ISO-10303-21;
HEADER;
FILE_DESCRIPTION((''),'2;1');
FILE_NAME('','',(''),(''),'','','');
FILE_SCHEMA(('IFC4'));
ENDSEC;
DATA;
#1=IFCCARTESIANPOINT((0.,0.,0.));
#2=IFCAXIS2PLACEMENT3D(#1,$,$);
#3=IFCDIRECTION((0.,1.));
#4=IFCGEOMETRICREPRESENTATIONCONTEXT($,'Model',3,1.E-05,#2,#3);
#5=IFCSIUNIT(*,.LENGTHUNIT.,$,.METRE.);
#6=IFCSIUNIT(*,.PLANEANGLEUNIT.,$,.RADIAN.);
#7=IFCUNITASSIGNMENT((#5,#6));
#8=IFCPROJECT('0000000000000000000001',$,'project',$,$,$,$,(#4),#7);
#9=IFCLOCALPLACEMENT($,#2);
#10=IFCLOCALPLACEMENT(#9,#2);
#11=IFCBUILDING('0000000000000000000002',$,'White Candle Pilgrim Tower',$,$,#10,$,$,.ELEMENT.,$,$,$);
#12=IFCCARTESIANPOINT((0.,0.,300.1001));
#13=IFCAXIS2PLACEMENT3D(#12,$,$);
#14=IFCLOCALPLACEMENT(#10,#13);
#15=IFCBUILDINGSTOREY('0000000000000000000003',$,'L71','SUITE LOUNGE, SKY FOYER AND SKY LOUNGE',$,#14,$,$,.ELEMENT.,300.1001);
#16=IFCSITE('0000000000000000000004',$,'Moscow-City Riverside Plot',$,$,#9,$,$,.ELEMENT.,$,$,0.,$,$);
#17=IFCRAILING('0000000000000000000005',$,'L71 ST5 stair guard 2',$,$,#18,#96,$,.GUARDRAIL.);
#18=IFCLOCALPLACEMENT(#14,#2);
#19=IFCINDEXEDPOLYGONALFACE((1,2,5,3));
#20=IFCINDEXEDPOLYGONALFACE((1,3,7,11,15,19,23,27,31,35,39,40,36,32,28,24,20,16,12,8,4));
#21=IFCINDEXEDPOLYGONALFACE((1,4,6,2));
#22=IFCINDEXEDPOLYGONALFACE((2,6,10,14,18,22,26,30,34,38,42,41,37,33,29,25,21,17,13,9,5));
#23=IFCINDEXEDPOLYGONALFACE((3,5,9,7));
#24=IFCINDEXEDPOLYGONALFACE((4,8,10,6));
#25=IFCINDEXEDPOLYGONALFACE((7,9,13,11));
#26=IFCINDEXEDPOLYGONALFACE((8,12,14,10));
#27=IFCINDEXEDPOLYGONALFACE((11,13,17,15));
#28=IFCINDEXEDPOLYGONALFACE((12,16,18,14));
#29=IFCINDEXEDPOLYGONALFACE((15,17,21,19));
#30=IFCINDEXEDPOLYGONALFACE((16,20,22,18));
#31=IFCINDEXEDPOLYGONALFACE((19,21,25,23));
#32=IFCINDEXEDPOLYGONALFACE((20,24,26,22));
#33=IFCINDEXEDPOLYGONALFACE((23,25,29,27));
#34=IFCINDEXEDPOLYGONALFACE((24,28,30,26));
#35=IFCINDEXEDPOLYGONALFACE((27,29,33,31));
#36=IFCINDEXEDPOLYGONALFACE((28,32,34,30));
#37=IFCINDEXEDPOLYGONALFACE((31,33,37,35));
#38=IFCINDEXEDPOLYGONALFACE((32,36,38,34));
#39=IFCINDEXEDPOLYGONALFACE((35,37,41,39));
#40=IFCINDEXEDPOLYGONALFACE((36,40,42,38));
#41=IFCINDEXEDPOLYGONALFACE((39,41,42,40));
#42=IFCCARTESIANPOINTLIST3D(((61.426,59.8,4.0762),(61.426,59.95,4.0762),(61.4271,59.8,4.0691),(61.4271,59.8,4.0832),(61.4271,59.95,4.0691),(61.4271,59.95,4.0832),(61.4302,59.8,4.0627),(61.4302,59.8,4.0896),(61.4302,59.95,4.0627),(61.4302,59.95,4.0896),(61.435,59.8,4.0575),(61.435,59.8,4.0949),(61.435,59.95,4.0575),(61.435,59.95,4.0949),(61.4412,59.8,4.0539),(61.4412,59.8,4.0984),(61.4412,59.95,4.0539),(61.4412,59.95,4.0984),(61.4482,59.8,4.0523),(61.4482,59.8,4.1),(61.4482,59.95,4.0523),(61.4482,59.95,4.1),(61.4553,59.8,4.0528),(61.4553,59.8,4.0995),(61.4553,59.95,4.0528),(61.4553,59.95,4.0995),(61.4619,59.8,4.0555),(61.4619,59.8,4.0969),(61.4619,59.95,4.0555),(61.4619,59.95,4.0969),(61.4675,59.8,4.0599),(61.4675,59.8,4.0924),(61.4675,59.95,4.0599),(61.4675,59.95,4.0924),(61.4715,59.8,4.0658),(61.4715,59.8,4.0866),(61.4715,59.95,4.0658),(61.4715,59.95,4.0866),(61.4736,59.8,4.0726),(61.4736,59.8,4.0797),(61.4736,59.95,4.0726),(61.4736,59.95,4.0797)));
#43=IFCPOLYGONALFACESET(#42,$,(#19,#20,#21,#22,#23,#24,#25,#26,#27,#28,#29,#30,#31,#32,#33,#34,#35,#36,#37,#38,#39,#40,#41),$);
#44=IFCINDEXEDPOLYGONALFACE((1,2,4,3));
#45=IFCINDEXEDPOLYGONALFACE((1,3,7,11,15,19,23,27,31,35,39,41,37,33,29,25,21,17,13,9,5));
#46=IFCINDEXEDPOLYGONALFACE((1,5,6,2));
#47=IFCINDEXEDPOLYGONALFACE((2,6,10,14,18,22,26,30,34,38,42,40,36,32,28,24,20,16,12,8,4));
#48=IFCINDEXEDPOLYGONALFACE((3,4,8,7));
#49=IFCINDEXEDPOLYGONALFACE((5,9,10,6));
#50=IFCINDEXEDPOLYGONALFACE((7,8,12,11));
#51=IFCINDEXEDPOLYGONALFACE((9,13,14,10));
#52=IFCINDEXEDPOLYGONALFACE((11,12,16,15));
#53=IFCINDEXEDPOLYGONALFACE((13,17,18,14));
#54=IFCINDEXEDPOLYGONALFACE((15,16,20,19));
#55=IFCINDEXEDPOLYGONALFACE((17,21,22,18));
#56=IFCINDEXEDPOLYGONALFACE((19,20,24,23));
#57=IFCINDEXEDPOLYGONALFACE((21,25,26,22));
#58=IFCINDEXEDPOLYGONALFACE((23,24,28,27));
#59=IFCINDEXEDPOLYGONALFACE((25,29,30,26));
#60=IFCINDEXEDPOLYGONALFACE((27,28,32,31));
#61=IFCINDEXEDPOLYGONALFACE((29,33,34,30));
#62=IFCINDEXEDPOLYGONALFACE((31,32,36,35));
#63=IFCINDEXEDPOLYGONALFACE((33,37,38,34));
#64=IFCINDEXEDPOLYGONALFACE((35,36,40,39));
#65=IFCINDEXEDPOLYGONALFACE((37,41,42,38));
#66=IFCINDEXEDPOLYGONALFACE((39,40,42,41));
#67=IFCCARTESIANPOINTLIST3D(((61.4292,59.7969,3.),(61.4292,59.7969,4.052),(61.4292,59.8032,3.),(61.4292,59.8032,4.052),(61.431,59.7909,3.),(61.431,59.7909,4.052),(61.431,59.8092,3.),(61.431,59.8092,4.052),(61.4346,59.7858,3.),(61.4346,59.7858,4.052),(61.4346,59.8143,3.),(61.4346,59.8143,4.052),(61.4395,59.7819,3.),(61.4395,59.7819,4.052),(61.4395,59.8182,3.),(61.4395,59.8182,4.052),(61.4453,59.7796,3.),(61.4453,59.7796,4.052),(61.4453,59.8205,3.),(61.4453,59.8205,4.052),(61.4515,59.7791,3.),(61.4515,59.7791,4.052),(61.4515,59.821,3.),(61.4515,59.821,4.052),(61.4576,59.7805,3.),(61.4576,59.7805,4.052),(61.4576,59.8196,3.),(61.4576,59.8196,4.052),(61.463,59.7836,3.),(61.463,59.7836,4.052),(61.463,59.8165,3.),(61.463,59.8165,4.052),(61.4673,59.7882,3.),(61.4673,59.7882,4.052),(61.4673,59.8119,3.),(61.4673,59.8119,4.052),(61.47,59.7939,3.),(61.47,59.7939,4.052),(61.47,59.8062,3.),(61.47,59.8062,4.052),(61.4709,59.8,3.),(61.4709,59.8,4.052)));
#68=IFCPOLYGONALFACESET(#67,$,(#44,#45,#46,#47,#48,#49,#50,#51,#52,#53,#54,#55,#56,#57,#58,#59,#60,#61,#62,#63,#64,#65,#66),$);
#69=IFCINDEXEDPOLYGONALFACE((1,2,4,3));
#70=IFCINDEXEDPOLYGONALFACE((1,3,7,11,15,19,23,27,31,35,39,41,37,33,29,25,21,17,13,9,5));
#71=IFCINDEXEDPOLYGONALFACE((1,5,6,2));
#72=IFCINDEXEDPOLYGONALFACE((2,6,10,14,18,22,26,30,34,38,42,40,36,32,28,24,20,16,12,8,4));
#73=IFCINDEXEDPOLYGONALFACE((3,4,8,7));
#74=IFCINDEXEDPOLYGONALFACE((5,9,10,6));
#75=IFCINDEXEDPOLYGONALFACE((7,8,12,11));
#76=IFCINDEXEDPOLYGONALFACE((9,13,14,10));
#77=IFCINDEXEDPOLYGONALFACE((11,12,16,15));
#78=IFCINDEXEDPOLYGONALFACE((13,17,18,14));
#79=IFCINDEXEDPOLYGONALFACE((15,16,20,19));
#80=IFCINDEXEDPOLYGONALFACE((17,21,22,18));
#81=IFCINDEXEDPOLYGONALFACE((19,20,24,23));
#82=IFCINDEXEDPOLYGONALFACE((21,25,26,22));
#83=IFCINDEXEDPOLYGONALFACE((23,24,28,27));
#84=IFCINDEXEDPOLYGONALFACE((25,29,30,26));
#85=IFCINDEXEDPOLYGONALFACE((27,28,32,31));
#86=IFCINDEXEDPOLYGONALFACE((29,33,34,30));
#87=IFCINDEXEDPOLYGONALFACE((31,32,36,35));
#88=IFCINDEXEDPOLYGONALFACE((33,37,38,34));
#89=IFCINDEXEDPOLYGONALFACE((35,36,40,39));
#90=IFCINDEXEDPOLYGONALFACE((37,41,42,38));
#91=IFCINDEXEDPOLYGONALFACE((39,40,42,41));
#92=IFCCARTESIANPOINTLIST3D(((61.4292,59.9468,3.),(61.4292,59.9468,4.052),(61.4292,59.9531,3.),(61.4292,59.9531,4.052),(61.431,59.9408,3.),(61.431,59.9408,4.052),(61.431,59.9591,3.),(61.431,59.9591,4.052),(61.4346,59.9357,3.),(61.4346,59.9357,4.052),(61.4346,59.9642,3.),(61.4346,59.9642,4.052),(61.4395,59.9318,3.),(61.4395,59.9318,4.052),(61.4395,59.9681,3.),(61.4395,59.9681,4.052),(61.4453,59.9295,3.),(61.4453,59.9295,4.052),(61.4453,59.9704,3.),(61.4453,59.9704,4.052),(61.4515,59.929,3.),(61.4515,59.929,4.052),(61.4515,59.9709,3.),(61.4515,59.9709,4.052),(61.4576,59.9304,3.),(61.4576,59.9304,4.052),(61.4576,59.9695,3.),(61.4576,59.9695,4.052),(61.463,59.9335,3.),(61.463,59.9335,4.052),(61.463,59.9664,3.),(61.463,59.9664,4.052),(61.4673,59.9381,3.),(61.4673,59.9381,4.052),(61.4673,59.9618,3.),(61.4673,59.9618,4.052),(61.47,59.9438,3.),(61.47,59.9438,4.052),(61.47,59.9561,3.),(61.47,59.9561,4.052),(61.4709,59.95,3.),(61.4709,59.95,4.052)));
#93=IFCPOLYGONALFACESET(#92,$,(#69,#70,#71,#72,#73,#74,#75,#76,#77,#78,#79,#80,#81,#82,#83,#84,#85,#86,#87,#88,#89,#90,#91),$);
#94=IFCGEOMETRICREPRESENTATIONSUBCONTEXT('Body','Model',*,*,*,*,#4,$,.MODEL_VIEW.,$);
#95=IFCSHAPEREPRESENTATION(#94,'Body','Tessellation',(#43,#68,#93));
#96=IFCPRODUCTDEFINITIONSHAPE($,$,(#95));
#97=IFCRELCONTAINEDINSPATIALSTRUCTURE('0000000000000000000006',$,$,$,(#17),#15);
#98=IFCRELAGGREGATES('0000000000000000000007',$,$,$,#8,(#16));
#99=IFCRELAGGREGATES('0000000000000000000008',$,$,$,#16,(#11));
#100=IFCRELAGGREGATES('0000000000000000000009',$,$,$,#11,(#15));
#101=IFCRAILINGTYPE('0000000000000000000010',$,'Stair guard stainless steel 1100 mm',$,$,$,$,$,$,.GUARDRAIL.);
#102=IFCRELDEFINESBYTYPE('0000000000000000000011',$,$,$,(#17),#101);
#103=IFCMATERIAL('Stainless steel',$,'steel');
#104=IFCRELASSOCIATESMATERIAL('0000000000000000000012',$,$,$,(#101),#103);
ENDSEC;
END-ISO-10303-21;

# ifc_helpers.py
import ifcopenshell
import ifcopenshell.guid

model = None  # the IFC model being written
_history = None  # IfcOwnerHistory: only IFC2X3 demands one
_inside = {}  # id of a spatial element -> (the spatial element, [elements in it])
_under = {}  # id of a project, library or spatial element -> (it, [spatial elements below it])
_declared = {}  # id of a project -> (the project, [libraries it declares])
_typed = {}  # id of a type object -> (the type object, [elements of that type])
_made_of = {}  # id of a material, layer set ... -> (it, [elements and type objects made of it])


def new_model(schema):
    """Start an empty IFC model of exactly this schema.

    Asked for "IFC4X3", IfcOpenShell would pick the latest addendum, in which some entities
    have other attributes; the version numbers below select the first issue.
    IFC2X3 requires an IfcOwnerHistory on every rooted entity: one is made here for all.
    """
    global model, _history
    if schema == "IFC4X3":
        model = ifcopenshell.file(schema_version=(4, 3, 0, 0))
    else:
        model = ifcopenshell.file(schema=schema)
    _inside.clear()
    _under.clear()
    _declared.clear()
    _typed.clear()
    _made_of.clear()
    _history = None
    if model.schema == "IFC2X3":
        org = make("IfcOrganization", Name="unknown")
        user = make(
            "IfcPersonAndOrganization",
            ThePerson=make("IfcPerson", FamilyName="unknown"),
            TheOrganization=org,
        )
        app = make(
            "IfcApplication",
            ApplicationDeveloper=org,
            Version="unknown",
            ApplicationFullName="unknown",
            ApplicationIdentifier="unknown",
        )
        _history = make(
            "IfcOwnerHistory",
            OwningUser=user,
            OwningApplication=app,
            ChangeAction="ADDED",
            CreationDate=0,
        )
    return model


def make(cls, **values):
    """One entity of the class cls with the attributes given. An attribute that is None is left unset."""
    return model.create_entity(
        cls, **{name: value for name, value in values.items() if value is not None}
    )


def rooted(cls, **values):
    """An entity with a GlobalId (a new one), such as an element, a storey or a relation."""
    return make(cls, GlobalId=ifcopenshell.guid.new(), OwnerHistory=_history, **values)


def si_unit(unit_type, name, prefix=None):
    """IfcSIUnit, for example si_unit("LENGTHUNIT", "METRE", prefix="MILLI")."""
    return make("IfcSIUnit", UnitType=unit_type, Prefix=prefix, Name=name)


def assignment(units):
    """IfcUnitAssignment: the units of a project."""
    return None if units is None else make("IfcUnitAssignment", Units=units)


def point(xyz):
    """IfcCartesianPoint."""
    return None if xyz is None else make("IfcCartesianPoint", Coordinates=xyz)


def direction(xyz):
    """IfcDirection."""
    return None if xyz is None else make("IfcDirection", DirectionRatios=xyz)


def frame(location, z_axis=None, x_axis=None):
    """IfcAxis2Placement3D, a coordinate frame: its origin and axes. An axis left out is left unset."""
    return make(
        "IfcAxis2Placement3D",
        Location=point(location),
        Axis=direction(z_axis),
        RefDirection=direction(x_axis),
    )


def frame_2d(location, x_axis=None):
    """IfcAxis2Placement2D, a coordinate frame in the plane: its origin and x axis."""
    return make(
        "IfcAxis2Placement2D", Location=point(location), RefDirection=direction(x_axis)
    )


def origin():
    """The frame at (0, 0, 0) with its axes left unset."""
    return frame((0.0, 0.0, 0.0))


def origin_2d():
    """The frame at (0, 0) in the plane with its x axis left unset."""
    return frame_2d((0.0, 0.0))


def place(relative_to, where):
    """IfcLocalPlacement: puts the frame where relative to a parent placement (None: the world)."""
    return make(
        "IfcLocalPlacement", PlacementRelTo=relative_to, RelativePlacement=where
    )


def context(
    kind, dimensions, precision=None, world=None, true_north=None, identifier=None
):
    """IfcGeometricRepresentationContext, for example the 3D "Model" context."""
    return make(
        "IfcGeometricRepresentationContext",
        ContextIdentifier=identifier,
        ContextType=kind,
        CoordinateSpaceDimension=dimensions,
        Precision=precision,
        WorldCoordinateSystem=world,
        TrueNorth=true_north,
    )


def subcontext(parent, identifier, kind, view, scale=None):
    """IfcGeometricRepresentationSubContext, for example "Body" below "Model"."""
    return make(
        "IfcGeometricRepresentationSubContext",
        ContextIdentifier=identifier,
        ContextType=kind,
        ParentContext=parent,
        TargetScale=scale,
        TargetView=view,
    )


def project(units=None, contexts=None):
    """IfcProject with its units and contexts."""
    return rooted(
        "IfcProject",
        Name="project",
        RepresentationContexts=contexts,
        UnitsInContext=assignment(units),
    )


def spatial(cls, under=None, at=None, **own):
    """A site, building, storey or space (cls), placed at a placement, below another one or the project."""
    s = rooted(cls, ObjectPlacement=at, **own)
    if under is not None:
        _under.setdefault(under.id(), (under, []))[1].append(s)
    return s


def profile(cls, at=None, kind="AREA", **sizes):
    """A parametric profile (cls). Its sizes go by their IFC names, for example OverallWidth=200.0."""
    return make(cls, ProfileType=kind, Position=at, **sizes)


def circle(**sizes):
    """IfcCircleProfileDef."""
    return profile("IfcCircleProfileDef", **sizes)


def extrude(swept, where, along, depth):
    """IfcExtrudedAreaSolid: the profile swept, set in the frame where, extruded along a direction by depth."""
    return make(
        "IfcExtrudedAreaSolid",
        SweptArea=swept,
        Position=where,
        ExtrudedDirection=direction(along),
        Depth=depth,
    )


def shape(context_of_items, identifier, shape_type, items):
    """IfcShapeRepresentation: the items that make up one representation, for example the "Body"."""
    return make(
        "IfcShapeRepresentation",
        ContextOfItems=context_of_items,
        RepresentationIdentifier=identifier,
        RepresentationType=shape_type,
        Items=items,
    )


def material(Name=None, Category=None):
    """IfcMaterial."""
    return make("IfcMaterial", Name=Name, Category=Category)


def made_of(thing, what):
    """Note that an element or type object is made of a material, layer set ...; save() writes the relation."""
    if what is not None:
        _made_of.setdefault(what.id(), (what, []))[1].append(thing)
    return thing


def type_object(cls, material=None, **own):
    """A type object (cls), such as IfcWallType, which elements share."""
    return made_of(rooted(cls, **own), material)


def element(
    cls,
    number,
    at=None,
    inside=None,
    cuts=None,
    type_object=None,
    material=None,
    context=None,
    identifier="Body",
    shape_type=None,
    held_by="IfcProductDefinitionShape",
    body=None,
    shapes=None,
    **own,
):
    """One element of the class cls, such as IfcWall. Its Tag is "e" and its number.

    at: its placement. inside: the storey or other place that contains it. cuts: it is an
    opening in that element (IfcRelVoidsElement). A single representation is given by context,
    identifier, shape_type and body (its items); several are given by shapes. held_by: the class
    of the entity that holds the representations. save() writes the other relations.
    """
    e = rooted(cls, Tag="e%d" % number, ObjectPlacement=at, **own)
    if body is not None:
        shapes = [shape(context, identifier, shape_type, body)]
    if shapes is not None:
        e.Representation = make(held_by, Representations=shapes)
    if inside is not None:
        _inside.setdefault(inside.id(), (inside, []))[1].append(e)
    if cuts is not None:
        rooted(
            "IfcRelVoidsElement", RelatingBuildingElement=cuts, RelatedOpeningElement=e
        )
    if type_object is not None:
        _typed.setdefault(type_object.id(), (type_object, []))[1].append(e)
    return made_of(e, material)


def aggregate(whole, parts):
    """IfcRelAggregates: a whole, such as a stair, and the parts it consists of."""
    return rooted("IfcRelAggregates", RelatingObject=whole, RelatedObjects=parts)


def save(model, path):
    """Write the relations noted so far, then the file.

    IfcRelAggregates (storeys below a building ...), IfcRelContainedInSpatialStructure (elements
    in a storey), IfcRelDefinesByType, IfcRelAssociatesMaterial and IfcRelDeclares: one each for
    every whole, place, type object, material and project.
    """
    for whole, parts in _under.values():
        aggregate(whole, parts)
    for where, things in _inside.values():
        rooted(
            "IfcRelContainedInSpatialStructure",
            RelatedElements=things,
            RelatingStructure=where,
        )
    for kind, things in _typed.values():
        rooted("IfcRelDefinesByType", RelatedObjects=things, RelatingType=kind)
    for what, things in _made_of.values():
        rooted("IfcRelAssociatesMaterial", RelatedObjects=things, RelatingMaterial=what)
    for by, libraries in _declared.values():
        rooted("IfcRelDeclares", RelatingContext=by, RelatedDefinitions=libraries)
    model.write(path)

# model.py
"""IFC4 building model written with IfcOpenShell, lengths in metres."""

from ifc_helpers import new_model, si_unit, direction, frame, origin, origin_2d, place, context, subcontext, project, spatial, circle, extrude, material, type_object, element, save


model = new_model("IFC4")

# Units and contexts
model_context = context("Model", 3, precision=1e-05, world=origin(), true_north=direction((0.0, 1.0)))
body_context = subcontext(model_context, "Body", "Model", "MODEL_VIEW")
ifc_project = project(units=[si_unit("LENGTHUNIT", "METRE"), si_unit("PLANEANGLEUNIT", "RADIAN")], contexts=[model_context])

# Site, building, storey
site_placement = place(None, origin())
site = spatial("IfcSite", under=ifc_project, at=site_placement, Name="Moscow-City Riverside Plot", CompositionType="ELEMENT", RefElevation=0.0)
building_placement = place(site_placement, origin())
building = spatial("IfcBuilding", under=site, at=building_placement, Name="White Candle Pilgrim Tower", CompositionType="ELEMENT")
storey_placement = place(building_placement, frame((0.0, 0.0, 300.1001)))
storey = spatial("IfcBuildingStorey", under=building, at=storey_placement, Name="L71", Description="SUITE LOUNGE, SKY FOYER AND SKY LOUNGE", CompositionType="ELEMENT", Elevation=300.1001)

# Railing
ifc_material_1 = material(Name="Stainless steel", Category="steel")
railing_type_1 = type_object("IfcRailingType", Name="Stair guard stainless steel 1100 mm", PredefinedType="GUARDRAIL", material=ifc_material_1)
railing_1_placement = place(storey_placement, frame((61.45, 59.8, 3.0)))
element("IfcRailing", 1, at=railing_1_placement, inside=storey, type_object=railing_type_1, Name="L71 ST5 stair guard 2", PredefinedType="GUARDRAIL", context=body_context, shape_type="SweptSolid", body=[
    extrude(circle(Radius=0.0239, at=origin_2d()), frame((0.0, 0.0, 1.0762), z_axis=(0.0, 1.0, 0.0), x_axis=(-1.0, 0.0, 0.0)), (0.0, 0.0, 1.0), 0.1499),
    extrude(circle(Radius=0.021, at=origin_2d()), origin(), (0.0, 0.0, 1.0), 1.052),
    extrude(circle(Radius=0.021, at=origin_2d()), frame((0.0, 0.1499, 0.0)), (0.0, 0.0, 1.0), 1.052),
])

save(model, "model.ifc")
